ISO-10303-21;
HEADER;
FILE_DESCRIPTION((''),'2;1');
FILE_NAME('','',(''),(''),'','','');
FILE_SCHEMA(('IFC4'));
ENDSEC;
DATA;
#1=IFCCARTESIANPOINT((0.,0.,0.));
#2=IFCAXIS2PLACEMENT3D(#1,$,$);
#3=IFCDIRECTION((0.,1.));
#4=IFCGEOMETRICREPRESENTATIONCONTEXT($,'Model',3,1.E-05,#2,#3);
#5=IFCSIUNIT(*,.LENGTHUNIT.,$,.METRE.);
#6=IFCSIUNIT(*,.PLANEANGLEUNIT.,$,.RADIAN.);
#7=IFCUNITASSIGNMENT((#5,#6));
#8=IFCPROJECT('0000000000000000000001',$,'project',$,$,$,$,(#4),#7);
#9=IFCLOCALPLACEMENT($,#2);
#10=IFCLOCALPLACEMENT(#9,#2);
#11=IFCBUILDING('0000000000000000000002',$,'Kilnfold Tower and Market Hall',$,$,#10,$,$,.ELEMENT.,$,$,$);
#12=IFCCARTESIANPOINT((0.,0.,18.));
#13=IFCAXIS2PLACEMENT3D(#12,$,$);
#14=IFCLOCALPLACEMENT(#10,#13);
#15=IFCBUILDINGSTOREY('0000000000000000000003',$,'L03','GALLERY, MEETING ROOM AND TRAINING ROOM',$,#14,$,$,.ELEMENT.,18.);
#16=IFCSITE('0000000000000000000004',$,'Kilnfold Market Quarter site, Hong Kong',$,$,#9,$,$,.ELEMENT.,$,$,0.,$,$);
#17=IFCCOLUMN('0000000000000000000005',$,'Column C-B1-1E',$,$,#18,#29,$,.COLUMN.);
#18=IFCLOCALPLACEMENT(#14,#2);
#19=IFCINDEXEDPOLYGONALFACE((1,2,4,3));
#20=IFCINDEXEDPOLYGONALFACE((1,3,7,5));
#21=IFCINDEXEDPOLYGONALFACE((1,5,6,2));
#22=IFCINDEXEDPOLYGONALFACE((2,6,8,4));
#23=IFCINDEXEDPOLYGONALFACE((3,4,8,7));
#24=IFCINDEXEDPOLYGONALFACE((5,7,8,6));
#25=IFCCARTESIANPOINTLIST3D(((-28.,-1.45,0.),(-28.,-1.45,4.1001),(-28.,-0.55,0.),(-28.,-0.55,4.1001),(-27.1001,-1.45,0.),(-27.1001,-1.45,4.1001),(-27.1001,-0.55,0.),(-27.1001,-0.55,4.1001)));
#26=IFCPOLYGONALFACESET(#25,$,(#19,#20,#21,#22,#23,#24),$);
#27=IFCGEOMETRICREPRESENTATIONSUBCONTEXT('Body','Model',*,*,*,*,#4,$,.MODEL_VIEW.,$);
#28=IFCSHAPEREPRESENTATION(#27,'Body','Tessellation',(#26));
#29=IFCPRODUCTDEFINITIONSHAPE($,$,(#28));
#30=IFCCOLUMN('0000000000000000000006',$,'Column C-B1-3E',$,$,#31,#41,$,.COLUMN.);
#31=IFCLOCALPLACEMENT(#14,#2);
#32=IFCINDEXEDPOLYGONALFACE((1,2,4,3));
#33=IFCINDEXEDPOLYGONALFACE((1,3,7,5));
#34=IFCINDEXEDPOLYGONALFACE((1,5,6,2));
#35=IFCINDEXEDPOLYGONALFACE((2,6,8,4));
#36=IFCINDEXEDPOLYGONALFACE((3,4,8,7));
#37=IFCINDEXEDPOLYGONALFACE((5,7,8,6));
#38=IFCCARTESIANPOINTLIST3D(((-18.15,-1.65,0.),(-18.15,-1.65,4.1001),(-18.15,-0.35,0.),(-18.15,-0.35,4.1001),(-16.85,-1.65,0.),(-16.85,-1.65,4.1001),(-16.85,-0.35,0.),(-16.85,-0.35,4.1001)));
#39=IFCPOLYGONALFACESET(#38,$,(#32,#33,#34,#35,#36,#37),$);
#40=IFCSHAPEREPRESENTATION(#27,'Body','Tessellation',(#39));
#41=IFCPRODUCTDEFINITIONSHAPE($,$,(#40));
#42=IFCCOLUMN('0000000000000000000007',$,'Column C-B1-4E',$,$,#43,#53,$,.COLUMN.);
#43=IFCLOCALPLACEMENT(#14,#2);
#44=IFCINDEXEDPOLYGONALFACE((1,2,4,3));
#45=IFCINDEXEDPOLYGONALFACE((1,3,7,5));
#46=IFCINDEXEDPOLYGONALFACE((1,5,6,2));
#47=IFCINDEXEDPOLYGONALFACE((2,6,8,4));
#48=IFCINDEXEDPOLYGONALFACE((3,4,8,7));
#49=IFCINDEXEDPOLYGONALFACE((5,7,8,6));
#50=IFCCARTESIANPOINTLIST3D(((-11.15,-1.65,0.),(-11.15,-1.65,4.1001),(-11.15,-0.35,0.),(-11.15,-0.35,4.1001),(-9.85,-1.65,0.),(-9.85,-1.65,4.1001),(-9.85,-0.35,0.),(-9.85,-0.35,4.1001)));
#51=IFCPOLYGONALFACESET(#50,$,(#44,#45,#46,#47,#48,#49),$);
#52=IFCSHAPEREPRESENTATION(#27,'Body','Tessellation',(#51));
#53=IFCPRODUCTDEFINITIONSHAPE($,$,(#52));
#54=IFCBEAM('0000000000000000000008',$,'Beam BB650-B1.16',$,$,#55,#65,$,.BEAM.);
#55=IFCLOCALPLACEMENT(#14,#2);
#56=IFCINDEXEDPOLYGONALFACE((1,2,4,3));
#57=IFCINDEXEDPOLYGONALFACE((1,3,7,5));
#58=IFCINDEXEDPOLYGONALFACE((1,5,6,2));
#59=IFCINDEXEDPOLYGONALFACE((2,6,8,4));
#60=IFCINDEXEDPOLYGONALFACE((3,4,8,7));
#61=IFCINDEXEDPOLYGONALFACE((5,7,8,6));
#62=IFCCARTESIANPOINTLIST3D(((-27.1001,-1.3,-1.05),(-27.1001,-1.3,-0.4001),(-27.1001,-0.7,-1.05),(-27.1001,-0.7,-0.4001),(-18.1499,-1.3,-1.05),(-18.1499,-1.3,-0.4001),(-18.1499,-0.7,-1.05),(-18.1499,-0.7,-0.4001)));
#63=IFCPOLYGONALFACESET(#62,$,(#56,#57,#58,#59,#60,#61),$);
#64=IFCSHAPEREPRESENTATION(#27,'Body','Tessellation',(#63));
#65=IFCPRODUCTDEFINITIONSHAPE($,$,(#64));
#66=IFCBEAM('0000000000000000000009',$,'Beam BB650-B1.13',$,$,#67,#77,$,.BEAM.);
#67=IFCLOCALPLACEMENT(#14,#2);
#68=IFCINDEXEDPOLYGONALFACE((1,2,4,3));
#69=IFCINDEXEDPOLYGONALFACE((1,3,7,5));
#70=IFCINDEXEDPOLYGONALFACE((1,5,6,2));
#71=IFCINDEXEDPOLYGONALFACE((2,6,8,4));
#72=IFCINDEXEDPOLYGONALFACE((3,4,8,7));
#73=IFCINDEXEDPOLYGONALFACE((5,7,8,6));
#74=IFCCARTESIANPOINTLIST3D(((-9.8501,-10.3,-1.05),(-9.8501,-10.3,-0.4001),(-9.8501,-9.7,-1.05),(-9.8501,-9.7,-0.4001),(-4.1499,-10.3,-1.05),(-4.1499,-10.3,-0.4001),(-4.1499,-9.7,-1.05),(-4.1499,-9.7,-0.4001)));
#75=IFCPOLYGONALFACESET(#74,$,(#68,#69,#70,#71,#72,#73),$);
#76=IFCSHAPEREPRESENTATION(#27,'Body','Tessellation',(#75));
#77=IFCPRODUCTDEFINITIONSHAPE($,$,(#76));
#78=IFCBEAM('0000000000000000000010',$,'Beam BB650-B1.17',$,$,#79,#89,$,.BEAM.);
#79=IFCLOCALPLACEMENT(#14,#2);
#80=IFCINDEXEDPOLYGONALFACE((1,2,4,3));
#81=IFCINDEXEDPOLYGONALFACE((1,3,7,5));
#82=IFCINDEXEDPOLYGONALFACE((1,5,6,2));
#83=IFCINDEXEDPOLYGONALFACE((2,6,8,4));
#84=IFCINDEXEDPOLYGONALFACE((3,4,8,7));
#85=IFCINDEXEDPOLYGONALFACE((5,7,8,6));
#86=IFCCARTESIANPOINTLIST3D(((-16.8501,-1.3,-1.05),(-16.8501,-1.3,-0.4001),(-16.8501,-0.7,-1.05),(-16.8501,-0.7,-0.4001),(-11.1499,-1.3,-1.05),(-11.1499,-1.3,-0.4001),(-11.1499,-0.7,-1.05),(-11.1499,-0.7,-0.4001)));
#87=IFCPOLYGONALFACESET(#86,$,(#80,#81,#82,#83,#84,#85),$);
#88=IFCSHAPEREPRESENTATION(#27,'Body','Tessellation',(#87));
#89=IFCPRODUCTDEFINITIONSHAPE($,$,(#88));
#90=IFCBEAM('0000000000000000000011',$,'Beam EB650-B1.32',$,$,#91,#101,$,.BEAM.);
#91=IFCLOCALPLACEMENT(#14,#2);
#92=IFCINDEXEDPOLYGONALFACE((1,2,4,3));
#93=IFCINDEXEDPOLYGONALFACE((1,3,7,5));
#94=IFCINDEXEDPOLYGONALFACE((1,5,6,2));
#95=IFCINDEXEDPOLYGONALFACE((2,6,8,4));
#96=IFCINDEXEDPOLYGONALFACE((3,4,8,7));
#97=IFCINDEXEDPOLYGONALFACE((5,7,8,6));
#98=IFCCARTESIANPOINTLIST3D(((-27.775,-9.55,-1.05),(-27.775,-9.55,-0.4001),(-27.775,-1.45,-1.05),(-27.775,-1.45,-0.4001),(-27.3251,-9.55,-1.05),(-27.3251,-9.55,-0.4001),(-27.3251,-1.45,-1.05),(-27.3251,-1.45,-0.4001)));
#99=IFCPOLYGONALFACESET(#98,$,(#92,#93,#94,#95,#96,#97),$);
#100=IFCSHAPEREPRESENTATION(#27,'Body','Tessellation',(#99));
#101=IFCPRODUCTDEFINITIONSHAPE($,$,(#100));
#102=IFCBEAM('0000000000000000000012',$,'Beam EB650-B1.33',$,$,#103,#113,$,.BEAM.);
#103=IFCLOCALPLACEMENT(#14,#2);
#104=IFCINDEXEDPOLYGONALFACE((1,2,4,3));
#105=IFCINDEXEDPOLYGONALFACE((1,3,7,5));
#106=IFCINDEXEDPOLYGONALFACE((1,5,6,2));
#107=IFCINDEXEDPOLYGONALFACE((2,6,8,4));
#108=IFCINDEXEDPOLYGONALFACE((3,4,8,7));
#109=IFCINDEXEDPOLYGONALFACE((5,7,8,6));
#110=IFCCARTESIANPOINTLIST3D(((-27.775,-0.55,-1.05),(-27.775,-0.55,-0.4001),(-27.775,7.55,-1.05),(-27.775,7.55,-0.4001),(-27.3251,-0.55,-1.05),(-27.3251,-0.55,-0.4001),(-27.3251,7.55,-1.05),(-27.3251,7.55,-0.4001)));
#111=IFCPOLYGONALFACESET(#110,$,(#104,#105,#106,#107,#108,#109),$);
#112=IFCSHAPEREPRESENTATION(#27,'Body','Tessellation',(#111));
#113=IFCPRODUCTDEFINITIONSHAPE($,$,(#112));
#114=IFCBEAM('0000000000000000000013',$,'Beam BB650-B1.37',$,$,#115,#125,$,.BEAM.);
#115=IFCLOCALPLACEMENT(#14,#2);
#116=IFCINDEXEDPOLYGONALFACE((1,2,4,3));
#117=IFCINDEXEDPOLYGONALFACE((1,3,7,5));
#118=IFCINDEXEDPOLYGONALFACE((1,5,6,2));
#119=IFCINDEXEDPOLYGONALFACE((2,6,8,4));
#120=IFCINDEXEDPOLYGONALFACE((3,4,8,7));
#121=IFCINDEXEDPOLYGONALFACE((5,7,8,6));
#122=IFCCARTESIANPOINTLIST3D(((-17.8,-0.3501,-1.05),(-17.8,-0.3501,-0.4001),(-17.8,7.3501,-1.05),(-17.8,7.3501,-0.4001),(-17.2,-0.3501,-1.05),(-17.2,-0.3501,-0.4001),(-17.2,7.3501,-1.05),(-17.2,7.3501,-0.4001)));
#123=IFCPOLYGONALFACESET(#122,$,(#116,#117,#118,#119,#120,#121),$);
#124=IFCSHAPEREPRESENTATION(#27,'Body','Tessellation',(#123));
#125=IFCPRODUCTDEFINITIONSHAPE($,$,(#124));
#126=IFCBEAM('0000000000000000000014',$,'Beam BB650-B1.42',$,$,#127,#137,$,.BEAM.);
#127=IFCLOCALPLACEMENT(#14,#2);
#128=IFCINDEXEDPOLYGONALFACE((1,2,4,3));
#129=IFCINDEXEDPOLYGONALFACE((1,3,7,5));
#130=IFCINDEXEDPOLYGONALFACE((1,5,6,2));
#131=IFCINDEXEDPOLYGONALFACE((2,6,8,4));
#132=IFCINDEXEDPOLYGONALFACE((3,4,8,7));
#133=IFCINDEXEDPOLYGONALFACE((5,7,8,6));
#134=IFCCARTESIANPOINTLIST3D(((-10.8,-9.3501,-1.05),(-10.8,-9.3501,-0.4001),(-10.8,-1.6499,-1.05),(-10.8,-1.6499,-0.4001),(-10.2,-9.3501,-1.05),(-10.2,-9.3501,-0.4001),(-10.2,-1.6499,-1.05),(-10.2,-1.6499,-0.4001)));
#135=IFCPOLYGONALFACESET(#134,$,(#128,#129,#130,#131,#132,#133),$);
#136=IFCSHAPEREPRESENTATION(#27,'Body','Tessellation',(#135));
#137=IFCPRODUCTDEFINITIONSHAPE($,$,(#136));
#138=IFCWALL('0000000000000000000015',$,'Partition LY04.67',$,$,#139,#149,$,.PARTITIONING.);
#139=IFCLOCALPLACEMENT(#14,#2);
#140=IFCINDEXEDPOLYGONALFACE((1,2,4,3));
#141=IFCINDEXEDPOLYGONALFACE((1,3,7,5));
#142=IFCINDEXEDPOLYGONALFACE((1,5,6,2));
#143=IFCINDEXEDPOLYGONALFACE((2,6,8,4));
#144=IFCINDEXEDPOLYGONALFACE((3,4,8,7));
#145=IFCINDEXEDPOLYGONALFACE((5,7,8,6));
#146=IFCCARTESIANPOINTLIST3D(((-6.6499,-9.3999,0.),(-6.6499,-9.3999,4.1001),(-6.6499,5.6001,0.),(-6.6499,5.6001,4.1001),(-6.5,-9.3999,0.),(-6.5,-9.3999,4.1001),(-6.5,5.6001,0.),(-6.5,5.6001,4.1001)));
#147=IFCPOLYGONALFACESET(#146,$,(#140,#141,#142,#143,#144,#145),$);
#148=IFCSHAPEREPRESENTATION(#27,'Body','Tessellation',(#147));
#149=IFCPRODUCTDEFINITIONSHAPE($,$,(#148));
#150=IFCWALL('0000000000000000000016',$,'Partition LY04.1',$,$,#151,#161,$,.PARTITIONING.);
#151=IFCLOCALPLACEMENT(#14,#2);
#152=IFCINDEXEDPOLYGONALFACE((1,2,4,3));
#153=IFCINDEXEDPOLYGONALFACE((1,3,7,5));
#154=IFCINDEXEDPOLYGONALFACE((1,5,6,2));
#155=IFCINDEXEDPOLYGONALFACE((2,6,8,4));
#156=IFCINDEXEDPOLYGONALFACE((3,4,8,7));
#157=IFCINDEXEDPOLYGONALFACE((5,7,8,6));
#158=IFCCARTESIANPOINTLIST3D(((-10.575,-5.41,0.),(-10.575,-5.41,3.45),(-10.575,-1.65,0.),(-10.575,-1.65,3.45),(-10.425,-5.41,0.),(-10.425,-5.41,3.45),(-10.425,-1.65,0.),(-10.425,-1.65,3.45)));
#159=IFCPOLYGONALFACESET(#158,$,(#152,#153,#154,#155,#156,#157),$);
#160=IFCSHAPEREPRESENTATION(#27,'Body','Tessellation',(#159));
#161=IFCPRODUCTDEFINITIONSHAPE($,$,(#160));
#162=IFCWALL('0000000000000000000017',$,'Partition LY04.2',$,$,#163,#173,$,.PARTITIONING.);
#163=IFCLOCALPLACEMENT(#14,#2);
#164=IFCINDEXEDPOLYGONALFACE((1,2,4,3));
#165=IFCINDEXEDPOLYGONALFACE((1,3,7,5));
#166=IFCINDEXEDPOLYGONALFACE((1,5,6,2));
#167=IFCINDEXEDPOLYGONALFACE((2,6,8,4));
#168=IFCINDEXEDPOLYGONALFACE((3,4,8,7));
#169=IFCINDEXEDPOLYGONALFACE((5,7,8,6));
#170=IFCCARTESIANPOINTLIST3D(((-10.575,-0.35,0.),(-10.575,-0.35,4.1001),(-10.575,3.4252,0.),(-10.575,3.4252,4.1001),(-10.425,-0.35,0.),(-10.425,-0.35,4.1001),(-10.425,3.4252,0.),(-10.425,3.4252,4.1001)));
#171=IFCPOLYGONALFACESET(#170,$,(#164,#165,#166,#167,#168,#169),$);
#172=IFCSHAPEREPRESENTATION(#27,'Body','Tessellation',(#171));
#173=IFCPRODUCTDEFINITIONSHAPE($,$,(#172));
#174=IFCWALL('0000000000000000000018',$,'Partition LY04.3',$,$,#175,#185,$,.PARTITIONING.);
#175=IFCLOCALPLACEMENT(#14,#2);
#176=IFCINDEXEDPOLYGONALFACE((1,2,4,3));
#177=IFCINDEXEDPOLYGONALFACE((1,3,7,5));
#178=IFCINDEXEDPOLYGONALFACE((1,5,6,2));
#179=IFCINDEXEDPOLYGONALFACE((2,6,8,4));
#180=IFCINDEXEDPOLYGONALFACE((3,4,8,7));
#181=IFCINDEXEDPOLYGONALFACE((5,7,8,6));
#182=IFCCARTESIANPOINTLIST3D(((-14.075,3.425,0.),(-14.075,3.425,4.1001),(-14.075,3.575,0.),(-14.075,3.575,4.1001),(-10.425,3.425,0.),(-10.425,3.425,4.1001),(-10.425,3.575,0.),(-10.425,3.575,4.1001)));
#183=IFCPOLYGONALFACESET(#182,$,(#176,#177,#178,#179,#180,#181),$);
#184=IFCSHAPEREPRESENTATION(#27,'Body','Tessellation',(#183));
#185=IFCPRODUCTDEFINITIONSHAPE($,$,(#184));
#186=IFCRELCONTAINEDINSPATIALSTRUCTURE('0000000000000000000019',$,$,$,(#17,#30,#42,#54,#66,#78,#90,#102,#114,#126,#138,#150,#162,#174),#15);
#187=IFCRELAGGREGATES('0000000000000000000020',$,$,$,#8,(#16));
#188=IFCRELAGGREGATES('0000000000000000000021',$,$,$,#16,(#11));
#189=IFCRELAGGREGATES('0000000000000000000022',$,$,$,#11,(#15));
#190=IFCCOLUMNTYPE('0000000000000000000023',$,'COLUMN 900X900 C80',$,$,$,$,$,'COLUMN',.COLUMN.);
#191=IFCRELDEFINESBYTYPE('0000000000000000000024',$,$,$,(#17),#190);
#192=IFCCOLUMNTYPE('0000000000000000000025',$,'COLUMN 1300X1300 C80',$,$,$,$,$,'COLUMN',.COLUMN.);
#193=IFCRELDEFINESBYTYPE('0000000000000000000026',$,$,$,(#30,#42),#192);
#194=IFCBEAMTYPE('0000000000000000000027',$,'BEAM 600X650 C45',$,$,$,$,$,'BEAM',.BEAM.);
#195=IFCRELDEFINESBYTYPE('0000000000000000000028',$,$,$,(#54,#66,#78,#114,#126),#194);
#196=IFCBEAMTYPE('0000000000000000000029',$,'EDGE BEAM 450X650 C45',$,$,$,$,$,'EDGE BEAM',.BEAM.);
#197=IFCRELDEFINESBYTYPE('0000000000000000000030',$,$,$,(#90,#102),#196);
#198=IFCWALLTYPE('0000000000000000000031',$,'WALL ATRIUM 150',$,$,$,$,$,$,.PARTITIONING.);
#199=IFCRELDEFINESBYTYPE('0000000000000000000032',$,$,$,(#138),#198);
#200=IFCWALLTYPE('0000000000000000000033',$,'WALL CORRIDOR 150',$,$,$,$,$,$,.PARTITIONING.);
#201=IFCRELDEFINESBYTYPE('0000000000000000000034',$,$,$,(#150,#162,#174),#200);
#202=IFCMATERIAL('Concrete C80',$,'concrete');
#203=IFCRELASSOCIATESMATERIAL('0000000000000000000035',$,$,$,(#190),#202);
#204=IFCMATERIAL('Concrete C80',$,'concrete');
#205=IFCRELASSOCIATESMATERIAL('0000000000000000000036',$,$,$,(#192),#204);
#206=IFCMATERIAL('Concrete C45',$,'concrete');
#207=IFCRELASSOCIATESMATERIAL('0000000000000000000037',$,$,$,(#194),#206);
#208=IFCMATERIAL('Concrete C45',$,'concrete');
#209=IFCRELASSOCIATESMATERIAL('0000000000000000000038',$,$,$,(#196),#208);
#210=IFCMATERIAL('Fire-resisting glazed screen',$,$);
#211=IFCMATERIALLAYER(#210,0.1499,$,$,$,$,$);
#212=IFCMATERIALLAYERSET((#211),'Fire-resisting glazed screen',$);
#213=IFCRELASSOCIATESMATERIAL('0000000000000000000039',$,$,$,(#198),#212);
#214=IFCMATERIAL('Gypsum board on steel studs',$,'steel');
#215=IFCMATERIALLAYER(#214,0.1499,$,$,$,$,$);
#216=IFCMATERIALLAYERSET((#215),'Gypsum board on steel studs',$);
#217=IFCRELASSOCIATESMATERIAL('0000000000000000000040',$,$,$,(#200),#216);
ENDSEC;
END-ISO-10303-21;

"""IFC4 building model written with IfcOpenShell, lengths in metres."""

from ifc_helpers import new_model, si_unit, direction, frame, frame_2d, origin, origin_2d, place, context, subcontext, project, spatial, rectangle, extrude, source, transform, mapped, material, layer, layer_set, material_profile, profile_set, type_object, element, save


model = new_model("IFC4")

# Units and contexts
model_context = context("Model", 3, precision=1e-05, world=origin(), true_north=direction((0.0, 1.0)))
body_context = subcontext(model_context, "Body", "Model", "MODEL_VIEW")
ifc_project = project(units=[si_unit("LENGTHUNIT", "METRE"), si_unit("PLANEANGLEUNIT", "RADIAN")], contexts=[model_context])

# Site, building, storey
site_placement = place(None, origin())
site = spatial("IfcSite", under=ifc_project, at=site_placement, Name="Kilnfold Market Quarter site, Hong Kong", CompositionType="ELEMENT", RefElevation=0.0)
building_placement = place(site_placement, origin())
building = spatial("IfcBuilding", under=site, at=building_placement, Name="Kilnfold Tower and Market Hall", CompositionType="ELEMENT")
storey_placement = place(building_placement, frame((0.0, 0.0, 18.0)))
storey = spatial("IfcBuildingStorey", under=building, at=storey_placement, Name="L03", Description="GALLERY, MEETING ROOM AND TRAINING ROOM", CompositionType="ELEMENT", Elevation=18.0)

# Columns
ifc_material_1 = material(Name="Concrete C80", Category="concrete")
ifc_material_profile_1 = material_profile(ifc_material_1, rectangle(XDim=0.8999, YDim=0.8999, at=origin_2d()), Name="RC 900x900")
ifc_profile_set_1 = profile_set([ifc_material_profile_1], Name="Concrete C80")
column_type_1 = type_object("IfcColumnType", Name="COLUMN 900X900 C80", ElementType="COLUMN", PredefinedType="COLUMN", material=ifc_profile_set_1)
shared_shape_1 = source(origin(), body_context, "Body", "SweptSolid", [
    extrude(rectangle(XDim=0.8999, YDim=0.8999, at=origin_2d()), origin(), (0.0, 0.0, 1.0), 4.1001),
])
column_placement = place(storey_placement, frame((-27.55, -1.0, 0.0), z_axis=(0.0, 0.0, 1.0), x_axis=(1.0, 0.0, 0.0)))
element("IfcColumn", 1, at=column_placement, inside=storey, type_object=column_type_1, Name="Column C-B1-1E", PredefinedType="COLUMN", context=body_context, shape_type="MappedRepresentation", body=[
    mapped(shared_shape_1, transform((0.0, 0.0, 0.0))),
])
ifc_material_2 = material(Name="Concrete C80", Category="concrete")
ifc_material_profile_2 = material_profile(ifc_material_2, rectangle(XDim=1.3, YDim=1.3, at=origin_2d()), Name="RC 1300x1300")
ifc_profile_set_2 = profile_set([ifc_material_profile_2], Name="Concrete C80")
column_type_2 = type_object("IfcColumnType", Name="COLUMN 1300X1300 C80", ElementType="COLUMN", PredefinedType="COLUMN", material=ifc_profile_set_2)
shared_shape_2 = source(origin(), body_context, "Body", "SweptSolid", [
    extrude(rectangle(XDim=1.3, YDim=1.3, at=origin_2d()), origin(), (0.0, 0.0, 1.0), 4.1001),
])
for number, where, z_axis, x_axis, name in (
    (2, (-17.5, -1.0, 0.0), (0.0, 0.0, 1.0), (1.0, 0.0, 0.0), "Column C-B1-3E"),
    (3, (-10.5, -1.0, 0.0), (0.0, 0.0, 1.0), (1.0, 0.0, 0.0), "Column C-B1-4E"),
):
    element("IfcColumn", number, at=place(storey_placement, frame(where, z_axis=z_axis, x_axis=x_axis)), inside=storey, type_object=column_type_2, Name=name, PredefinedType="COLUMN", context=body_context, shape_type="MappedRepresentation", body=[
        mapped(shared_shape_2, transform((0.0, 0.0, 0.0))),
    ])

# Beams
ifc_material_3 = material(Name="Concrete C45", Category="concrete")
ifc_material_profile_3 = material_profile(ifc_material_3, rectangle(XDim=0.6001, YDim=0.6499, at=origin_2d()), Name="RC 600x650")
ifc_profile_set_3 = profile_set([ifc_material_profile_3], Name="Concrete C45")
beam_type_1 = type_object("IfcBeamType", Name="BEAM 600X650 C45", ElementType="BEAM", PredefinedType="BEAM", material=ifc_profile_set_3)
shared_shape_3 = source(origin(), body_context, "Body", "SweptSolid", [
    extrude(rectangle(XDim=0.6001, YDim=0.6499, at=origin_2d()), origin(), (0.0, 0.0, 1.0), 8.9502),
])
beam_placement = place(storey_placement, frame((-27.1001, -1.0, -0.7251), z_axis=(1.0, 0.0, 0.0), x_axis=(0.0, 1.0, 0.0)))
element("IfcBeam", 4, at=beam_placement, inside=storey, type_object=beam_type_1, Name="Beam BB650-B1.16", PredefinedType="BEAM", context=body_context, shape_type="MappedRepresentation", body=[
    mapped(shared_shape_3, transform((0.0, 0.0, 0.0))),
])
shared_shape_4 = source(origin(), body_context, "Body", "SweptSolid", [
    extrude(rectangle(XDim=0.6001, YDim=0.6499, at=origin_2d()), origin(), (0.0, 0.0, 1.0), 5.7002),
])
for number, where, z_axis, x_axis, name in (
    (5, (-9.8501, -10.0, -0.7251), (1.0, 0.0, 0.0), (0.0, 1.0, 0.0), "Beam BB650-B1.13"),
    (6, (-16.8501, -1.0, -0.7251), (1.0, 0.0, 0.0), (0.0, 1.0, 0.0), "Beam BB650-B1.17"),
):
    element("IfcBeam", number, at=place(storey_placement, frame(where, z_axis=z_axis, x_axis=x_axis)), inside=storey, type_object=beam_type_1, Name=name, PredefinedType="BEAM", context=body_context, shape_type="MappedRepresentation", body=[
        mapped(shared_shape_4, transform((0.0, 0.0, 0.0))),
    ])
ifc_material_4 = material(Name="Concrete C45", Category="concrete")
ifc_material_profile_4 = material_profile(ifc_material_4, rectangle(XDim=0.45, YDim=0.6499, at=origin_2d()), Name="RC 450x650")
ifc_profile_set_4 = profile_set([ifc_material_profile_4], Name="Concrete C45")
beam_type_2 = type_object("IfcBeamType", Name="EDGE BEAM 450X650 C45", ElementType="EDGE BEAM", PredefinedType="BEAM", material=ifc_profile_set_4)
shared_shape_5 = source(origin(), body_context, "Body", "SweptSolid", [
    extrude(rectangle(XDim=0.45, YDim=0.6499, at=origin_2d()), origin(), (0.0, 0.0, 1.0), 8.1001),
])
for number, where, z_axis, x_axis, name in (
    (7, (-27.55, -9.55, -0.7251), (0.0, 1.0, 0.0), (-1.0, 0.0, 0.0), "Beam EB650-B1.32"),
    (8, (-27.55, -0.55, -0.7251), (0.0, 1.0, 0.0), (-1.0, 0.0, 0.0), "Beam EB650-B1.33"),
):
    element("IfcBeam", number, at=place(storey_placement, frame(where, z_axis=z_axis, x_axis=x_axis)), inside=storey, type_object=beam_type_2, Name=name, PredefinedType="BEAM", context=body_context, shape_type="MappedRepresentation", body=[
        mapped(shared_shape_5, transform((0.0, 0.0, 0.0))),
    ])
shared_shape_6 = source(origin(), body_context, "Body", "SweptSolid", [
    extrude(rectangle(XDim=0.6001, YDim=0.6499, at=origin_2d()), origin(), (0.0, 0.0, 1.0), 7.7002),
])
for number, where, z_axis, x_axis, name in (
    (9, (-17.5, -0.3501, -0.7251), (0.0, 1.0, 0.0), (-1.0, 0.0, 0.0), "Beam BB650-B1.37"),
    (10, (-10.5, -9.3501, -0.7251), (0.0, 1.0, 0.0), (-1.0, 0.0, 0.0), "Beam BB650-B1.42"),
):
    element("IfcBeam", number, at=place(storey_placement, frame(where, z_axis=z_axis, x_axis=x_axis)), inside=storey, type_object=beam_type_1, Name=name, PredefinedType="BEAM", context=body_context, shape_type="MappedRepresentation", body=[
        mapped(shared_shape_6, transform((0.0, 0.0, 0.0))),
    ])

# Walls
ifc_material_5 = material(Name="Fire-resisting glazed screen")
ifc_layer_1 = layer(ifc_material_5, 0.1499)
ifc_layer_set_1 = layer_set([ifc_layer_1], Name="Fire-resisting glazed screen")
wall_type_1 = type_object("IfcWallType", Name="WALL ATRIUM 150", PredefinedType="PARTITIONING", material=ifc_layer_set_1)
wall_1_placement = place(storey_placement, frame((-6.575, -9.3999, 0.0), z_axis=(0.0, 0.0, 1.0), x_axis=(0.0, 1.0, 0.0)))
element("IfcWall", 11, at=wall_1_placement, inside=storey, type_object=wall_type_1, Name="Partition LY04.67", PredefinedType="PARTITIONING", context=body_context, shape_type="SweptSolid", body=[
    extrude(rectangle(XDim=15.0, YDim=0.1499, at=frame_2d((7.5, 0.0))), origin(), (0.0, 0.0, 1.0), 4.1001),
])
ifc_material_6 = material(Name="Gypsum board on steel studs", Category="steel")
ifc_layer_2 = layer(ifc_material_6, 0.1499)
ifc_layer_set_2 = layer_set([ifc_layer_2], Name="Gypsum board on steel studs")
wall_type_2 = type_object("IfcWallType", Name="WALL CORRIDOR 150", PredefinedType="PARTITIONING", material=ifc_layer_set_2)
wall_2_placement = place(storey_placement, frame((-10.5, -5.4099, 0.0), z_axis=(0.0, 0.0, 1.0), x_axis=(0.0, 1.0, 0.0)))
element("IfcWall", 12, at=wall_2_placement, inside=storey, type_object=wall_type_2, Name="Partition LY04.1", PredefinedType="PARTITIONING", context=body_context, shape_type="SweptSolid", body=[
    extrude(rectangle(XDim=3.76, YDim=0.1499, at=frame_2d((1.8799, 0.0))), origin(), (0.0, 0.0, 1.0), 3.45),
])
wall_3_placement = place(storey_placement, frame((-10.5, -0.3501, 0.0), z_axis=(0.0, 0.0, 1.0), x_axis=(0.0, 1.0, 0.0)))
element("IfcWall", 13, at=wall_3_placement, inside=storey, type_object=wall_type_2, Name="Partition LY04.2", PredefinedType="PARTITIONING", context=body_context, shape_type="SweptSolid", body=[
    extrude(rectangle(XDim=3.7751, YDim=0.1499, at=frame_2d((1.8877, 0.0))), origin(), (0.0, 0.0, 1.0), 4.1001),
])
wall_4_placement = place(storey_placement, frame((-14.075, 3.5, 0.0), z_axis=(0.0, 0.0, 1.0), x_axis=(1.0, 0.0, 0.0)))
element("IfcWall", 14, at=wall_4_placement, inside=storey, type_object=wall_type_2, Name="Partition LY04.3", PredefinedType="PARTITIONING", context=body_context, shape_type="SweptSolid", body=[
    extrude(rectangle(XDim=3.6499, YDim=0.1499, at=frame_2d((1.825, 0.0))), origin(), (0.0, 0.0, 1.0), 4.1001),
])

save(model, "model.ifc")
